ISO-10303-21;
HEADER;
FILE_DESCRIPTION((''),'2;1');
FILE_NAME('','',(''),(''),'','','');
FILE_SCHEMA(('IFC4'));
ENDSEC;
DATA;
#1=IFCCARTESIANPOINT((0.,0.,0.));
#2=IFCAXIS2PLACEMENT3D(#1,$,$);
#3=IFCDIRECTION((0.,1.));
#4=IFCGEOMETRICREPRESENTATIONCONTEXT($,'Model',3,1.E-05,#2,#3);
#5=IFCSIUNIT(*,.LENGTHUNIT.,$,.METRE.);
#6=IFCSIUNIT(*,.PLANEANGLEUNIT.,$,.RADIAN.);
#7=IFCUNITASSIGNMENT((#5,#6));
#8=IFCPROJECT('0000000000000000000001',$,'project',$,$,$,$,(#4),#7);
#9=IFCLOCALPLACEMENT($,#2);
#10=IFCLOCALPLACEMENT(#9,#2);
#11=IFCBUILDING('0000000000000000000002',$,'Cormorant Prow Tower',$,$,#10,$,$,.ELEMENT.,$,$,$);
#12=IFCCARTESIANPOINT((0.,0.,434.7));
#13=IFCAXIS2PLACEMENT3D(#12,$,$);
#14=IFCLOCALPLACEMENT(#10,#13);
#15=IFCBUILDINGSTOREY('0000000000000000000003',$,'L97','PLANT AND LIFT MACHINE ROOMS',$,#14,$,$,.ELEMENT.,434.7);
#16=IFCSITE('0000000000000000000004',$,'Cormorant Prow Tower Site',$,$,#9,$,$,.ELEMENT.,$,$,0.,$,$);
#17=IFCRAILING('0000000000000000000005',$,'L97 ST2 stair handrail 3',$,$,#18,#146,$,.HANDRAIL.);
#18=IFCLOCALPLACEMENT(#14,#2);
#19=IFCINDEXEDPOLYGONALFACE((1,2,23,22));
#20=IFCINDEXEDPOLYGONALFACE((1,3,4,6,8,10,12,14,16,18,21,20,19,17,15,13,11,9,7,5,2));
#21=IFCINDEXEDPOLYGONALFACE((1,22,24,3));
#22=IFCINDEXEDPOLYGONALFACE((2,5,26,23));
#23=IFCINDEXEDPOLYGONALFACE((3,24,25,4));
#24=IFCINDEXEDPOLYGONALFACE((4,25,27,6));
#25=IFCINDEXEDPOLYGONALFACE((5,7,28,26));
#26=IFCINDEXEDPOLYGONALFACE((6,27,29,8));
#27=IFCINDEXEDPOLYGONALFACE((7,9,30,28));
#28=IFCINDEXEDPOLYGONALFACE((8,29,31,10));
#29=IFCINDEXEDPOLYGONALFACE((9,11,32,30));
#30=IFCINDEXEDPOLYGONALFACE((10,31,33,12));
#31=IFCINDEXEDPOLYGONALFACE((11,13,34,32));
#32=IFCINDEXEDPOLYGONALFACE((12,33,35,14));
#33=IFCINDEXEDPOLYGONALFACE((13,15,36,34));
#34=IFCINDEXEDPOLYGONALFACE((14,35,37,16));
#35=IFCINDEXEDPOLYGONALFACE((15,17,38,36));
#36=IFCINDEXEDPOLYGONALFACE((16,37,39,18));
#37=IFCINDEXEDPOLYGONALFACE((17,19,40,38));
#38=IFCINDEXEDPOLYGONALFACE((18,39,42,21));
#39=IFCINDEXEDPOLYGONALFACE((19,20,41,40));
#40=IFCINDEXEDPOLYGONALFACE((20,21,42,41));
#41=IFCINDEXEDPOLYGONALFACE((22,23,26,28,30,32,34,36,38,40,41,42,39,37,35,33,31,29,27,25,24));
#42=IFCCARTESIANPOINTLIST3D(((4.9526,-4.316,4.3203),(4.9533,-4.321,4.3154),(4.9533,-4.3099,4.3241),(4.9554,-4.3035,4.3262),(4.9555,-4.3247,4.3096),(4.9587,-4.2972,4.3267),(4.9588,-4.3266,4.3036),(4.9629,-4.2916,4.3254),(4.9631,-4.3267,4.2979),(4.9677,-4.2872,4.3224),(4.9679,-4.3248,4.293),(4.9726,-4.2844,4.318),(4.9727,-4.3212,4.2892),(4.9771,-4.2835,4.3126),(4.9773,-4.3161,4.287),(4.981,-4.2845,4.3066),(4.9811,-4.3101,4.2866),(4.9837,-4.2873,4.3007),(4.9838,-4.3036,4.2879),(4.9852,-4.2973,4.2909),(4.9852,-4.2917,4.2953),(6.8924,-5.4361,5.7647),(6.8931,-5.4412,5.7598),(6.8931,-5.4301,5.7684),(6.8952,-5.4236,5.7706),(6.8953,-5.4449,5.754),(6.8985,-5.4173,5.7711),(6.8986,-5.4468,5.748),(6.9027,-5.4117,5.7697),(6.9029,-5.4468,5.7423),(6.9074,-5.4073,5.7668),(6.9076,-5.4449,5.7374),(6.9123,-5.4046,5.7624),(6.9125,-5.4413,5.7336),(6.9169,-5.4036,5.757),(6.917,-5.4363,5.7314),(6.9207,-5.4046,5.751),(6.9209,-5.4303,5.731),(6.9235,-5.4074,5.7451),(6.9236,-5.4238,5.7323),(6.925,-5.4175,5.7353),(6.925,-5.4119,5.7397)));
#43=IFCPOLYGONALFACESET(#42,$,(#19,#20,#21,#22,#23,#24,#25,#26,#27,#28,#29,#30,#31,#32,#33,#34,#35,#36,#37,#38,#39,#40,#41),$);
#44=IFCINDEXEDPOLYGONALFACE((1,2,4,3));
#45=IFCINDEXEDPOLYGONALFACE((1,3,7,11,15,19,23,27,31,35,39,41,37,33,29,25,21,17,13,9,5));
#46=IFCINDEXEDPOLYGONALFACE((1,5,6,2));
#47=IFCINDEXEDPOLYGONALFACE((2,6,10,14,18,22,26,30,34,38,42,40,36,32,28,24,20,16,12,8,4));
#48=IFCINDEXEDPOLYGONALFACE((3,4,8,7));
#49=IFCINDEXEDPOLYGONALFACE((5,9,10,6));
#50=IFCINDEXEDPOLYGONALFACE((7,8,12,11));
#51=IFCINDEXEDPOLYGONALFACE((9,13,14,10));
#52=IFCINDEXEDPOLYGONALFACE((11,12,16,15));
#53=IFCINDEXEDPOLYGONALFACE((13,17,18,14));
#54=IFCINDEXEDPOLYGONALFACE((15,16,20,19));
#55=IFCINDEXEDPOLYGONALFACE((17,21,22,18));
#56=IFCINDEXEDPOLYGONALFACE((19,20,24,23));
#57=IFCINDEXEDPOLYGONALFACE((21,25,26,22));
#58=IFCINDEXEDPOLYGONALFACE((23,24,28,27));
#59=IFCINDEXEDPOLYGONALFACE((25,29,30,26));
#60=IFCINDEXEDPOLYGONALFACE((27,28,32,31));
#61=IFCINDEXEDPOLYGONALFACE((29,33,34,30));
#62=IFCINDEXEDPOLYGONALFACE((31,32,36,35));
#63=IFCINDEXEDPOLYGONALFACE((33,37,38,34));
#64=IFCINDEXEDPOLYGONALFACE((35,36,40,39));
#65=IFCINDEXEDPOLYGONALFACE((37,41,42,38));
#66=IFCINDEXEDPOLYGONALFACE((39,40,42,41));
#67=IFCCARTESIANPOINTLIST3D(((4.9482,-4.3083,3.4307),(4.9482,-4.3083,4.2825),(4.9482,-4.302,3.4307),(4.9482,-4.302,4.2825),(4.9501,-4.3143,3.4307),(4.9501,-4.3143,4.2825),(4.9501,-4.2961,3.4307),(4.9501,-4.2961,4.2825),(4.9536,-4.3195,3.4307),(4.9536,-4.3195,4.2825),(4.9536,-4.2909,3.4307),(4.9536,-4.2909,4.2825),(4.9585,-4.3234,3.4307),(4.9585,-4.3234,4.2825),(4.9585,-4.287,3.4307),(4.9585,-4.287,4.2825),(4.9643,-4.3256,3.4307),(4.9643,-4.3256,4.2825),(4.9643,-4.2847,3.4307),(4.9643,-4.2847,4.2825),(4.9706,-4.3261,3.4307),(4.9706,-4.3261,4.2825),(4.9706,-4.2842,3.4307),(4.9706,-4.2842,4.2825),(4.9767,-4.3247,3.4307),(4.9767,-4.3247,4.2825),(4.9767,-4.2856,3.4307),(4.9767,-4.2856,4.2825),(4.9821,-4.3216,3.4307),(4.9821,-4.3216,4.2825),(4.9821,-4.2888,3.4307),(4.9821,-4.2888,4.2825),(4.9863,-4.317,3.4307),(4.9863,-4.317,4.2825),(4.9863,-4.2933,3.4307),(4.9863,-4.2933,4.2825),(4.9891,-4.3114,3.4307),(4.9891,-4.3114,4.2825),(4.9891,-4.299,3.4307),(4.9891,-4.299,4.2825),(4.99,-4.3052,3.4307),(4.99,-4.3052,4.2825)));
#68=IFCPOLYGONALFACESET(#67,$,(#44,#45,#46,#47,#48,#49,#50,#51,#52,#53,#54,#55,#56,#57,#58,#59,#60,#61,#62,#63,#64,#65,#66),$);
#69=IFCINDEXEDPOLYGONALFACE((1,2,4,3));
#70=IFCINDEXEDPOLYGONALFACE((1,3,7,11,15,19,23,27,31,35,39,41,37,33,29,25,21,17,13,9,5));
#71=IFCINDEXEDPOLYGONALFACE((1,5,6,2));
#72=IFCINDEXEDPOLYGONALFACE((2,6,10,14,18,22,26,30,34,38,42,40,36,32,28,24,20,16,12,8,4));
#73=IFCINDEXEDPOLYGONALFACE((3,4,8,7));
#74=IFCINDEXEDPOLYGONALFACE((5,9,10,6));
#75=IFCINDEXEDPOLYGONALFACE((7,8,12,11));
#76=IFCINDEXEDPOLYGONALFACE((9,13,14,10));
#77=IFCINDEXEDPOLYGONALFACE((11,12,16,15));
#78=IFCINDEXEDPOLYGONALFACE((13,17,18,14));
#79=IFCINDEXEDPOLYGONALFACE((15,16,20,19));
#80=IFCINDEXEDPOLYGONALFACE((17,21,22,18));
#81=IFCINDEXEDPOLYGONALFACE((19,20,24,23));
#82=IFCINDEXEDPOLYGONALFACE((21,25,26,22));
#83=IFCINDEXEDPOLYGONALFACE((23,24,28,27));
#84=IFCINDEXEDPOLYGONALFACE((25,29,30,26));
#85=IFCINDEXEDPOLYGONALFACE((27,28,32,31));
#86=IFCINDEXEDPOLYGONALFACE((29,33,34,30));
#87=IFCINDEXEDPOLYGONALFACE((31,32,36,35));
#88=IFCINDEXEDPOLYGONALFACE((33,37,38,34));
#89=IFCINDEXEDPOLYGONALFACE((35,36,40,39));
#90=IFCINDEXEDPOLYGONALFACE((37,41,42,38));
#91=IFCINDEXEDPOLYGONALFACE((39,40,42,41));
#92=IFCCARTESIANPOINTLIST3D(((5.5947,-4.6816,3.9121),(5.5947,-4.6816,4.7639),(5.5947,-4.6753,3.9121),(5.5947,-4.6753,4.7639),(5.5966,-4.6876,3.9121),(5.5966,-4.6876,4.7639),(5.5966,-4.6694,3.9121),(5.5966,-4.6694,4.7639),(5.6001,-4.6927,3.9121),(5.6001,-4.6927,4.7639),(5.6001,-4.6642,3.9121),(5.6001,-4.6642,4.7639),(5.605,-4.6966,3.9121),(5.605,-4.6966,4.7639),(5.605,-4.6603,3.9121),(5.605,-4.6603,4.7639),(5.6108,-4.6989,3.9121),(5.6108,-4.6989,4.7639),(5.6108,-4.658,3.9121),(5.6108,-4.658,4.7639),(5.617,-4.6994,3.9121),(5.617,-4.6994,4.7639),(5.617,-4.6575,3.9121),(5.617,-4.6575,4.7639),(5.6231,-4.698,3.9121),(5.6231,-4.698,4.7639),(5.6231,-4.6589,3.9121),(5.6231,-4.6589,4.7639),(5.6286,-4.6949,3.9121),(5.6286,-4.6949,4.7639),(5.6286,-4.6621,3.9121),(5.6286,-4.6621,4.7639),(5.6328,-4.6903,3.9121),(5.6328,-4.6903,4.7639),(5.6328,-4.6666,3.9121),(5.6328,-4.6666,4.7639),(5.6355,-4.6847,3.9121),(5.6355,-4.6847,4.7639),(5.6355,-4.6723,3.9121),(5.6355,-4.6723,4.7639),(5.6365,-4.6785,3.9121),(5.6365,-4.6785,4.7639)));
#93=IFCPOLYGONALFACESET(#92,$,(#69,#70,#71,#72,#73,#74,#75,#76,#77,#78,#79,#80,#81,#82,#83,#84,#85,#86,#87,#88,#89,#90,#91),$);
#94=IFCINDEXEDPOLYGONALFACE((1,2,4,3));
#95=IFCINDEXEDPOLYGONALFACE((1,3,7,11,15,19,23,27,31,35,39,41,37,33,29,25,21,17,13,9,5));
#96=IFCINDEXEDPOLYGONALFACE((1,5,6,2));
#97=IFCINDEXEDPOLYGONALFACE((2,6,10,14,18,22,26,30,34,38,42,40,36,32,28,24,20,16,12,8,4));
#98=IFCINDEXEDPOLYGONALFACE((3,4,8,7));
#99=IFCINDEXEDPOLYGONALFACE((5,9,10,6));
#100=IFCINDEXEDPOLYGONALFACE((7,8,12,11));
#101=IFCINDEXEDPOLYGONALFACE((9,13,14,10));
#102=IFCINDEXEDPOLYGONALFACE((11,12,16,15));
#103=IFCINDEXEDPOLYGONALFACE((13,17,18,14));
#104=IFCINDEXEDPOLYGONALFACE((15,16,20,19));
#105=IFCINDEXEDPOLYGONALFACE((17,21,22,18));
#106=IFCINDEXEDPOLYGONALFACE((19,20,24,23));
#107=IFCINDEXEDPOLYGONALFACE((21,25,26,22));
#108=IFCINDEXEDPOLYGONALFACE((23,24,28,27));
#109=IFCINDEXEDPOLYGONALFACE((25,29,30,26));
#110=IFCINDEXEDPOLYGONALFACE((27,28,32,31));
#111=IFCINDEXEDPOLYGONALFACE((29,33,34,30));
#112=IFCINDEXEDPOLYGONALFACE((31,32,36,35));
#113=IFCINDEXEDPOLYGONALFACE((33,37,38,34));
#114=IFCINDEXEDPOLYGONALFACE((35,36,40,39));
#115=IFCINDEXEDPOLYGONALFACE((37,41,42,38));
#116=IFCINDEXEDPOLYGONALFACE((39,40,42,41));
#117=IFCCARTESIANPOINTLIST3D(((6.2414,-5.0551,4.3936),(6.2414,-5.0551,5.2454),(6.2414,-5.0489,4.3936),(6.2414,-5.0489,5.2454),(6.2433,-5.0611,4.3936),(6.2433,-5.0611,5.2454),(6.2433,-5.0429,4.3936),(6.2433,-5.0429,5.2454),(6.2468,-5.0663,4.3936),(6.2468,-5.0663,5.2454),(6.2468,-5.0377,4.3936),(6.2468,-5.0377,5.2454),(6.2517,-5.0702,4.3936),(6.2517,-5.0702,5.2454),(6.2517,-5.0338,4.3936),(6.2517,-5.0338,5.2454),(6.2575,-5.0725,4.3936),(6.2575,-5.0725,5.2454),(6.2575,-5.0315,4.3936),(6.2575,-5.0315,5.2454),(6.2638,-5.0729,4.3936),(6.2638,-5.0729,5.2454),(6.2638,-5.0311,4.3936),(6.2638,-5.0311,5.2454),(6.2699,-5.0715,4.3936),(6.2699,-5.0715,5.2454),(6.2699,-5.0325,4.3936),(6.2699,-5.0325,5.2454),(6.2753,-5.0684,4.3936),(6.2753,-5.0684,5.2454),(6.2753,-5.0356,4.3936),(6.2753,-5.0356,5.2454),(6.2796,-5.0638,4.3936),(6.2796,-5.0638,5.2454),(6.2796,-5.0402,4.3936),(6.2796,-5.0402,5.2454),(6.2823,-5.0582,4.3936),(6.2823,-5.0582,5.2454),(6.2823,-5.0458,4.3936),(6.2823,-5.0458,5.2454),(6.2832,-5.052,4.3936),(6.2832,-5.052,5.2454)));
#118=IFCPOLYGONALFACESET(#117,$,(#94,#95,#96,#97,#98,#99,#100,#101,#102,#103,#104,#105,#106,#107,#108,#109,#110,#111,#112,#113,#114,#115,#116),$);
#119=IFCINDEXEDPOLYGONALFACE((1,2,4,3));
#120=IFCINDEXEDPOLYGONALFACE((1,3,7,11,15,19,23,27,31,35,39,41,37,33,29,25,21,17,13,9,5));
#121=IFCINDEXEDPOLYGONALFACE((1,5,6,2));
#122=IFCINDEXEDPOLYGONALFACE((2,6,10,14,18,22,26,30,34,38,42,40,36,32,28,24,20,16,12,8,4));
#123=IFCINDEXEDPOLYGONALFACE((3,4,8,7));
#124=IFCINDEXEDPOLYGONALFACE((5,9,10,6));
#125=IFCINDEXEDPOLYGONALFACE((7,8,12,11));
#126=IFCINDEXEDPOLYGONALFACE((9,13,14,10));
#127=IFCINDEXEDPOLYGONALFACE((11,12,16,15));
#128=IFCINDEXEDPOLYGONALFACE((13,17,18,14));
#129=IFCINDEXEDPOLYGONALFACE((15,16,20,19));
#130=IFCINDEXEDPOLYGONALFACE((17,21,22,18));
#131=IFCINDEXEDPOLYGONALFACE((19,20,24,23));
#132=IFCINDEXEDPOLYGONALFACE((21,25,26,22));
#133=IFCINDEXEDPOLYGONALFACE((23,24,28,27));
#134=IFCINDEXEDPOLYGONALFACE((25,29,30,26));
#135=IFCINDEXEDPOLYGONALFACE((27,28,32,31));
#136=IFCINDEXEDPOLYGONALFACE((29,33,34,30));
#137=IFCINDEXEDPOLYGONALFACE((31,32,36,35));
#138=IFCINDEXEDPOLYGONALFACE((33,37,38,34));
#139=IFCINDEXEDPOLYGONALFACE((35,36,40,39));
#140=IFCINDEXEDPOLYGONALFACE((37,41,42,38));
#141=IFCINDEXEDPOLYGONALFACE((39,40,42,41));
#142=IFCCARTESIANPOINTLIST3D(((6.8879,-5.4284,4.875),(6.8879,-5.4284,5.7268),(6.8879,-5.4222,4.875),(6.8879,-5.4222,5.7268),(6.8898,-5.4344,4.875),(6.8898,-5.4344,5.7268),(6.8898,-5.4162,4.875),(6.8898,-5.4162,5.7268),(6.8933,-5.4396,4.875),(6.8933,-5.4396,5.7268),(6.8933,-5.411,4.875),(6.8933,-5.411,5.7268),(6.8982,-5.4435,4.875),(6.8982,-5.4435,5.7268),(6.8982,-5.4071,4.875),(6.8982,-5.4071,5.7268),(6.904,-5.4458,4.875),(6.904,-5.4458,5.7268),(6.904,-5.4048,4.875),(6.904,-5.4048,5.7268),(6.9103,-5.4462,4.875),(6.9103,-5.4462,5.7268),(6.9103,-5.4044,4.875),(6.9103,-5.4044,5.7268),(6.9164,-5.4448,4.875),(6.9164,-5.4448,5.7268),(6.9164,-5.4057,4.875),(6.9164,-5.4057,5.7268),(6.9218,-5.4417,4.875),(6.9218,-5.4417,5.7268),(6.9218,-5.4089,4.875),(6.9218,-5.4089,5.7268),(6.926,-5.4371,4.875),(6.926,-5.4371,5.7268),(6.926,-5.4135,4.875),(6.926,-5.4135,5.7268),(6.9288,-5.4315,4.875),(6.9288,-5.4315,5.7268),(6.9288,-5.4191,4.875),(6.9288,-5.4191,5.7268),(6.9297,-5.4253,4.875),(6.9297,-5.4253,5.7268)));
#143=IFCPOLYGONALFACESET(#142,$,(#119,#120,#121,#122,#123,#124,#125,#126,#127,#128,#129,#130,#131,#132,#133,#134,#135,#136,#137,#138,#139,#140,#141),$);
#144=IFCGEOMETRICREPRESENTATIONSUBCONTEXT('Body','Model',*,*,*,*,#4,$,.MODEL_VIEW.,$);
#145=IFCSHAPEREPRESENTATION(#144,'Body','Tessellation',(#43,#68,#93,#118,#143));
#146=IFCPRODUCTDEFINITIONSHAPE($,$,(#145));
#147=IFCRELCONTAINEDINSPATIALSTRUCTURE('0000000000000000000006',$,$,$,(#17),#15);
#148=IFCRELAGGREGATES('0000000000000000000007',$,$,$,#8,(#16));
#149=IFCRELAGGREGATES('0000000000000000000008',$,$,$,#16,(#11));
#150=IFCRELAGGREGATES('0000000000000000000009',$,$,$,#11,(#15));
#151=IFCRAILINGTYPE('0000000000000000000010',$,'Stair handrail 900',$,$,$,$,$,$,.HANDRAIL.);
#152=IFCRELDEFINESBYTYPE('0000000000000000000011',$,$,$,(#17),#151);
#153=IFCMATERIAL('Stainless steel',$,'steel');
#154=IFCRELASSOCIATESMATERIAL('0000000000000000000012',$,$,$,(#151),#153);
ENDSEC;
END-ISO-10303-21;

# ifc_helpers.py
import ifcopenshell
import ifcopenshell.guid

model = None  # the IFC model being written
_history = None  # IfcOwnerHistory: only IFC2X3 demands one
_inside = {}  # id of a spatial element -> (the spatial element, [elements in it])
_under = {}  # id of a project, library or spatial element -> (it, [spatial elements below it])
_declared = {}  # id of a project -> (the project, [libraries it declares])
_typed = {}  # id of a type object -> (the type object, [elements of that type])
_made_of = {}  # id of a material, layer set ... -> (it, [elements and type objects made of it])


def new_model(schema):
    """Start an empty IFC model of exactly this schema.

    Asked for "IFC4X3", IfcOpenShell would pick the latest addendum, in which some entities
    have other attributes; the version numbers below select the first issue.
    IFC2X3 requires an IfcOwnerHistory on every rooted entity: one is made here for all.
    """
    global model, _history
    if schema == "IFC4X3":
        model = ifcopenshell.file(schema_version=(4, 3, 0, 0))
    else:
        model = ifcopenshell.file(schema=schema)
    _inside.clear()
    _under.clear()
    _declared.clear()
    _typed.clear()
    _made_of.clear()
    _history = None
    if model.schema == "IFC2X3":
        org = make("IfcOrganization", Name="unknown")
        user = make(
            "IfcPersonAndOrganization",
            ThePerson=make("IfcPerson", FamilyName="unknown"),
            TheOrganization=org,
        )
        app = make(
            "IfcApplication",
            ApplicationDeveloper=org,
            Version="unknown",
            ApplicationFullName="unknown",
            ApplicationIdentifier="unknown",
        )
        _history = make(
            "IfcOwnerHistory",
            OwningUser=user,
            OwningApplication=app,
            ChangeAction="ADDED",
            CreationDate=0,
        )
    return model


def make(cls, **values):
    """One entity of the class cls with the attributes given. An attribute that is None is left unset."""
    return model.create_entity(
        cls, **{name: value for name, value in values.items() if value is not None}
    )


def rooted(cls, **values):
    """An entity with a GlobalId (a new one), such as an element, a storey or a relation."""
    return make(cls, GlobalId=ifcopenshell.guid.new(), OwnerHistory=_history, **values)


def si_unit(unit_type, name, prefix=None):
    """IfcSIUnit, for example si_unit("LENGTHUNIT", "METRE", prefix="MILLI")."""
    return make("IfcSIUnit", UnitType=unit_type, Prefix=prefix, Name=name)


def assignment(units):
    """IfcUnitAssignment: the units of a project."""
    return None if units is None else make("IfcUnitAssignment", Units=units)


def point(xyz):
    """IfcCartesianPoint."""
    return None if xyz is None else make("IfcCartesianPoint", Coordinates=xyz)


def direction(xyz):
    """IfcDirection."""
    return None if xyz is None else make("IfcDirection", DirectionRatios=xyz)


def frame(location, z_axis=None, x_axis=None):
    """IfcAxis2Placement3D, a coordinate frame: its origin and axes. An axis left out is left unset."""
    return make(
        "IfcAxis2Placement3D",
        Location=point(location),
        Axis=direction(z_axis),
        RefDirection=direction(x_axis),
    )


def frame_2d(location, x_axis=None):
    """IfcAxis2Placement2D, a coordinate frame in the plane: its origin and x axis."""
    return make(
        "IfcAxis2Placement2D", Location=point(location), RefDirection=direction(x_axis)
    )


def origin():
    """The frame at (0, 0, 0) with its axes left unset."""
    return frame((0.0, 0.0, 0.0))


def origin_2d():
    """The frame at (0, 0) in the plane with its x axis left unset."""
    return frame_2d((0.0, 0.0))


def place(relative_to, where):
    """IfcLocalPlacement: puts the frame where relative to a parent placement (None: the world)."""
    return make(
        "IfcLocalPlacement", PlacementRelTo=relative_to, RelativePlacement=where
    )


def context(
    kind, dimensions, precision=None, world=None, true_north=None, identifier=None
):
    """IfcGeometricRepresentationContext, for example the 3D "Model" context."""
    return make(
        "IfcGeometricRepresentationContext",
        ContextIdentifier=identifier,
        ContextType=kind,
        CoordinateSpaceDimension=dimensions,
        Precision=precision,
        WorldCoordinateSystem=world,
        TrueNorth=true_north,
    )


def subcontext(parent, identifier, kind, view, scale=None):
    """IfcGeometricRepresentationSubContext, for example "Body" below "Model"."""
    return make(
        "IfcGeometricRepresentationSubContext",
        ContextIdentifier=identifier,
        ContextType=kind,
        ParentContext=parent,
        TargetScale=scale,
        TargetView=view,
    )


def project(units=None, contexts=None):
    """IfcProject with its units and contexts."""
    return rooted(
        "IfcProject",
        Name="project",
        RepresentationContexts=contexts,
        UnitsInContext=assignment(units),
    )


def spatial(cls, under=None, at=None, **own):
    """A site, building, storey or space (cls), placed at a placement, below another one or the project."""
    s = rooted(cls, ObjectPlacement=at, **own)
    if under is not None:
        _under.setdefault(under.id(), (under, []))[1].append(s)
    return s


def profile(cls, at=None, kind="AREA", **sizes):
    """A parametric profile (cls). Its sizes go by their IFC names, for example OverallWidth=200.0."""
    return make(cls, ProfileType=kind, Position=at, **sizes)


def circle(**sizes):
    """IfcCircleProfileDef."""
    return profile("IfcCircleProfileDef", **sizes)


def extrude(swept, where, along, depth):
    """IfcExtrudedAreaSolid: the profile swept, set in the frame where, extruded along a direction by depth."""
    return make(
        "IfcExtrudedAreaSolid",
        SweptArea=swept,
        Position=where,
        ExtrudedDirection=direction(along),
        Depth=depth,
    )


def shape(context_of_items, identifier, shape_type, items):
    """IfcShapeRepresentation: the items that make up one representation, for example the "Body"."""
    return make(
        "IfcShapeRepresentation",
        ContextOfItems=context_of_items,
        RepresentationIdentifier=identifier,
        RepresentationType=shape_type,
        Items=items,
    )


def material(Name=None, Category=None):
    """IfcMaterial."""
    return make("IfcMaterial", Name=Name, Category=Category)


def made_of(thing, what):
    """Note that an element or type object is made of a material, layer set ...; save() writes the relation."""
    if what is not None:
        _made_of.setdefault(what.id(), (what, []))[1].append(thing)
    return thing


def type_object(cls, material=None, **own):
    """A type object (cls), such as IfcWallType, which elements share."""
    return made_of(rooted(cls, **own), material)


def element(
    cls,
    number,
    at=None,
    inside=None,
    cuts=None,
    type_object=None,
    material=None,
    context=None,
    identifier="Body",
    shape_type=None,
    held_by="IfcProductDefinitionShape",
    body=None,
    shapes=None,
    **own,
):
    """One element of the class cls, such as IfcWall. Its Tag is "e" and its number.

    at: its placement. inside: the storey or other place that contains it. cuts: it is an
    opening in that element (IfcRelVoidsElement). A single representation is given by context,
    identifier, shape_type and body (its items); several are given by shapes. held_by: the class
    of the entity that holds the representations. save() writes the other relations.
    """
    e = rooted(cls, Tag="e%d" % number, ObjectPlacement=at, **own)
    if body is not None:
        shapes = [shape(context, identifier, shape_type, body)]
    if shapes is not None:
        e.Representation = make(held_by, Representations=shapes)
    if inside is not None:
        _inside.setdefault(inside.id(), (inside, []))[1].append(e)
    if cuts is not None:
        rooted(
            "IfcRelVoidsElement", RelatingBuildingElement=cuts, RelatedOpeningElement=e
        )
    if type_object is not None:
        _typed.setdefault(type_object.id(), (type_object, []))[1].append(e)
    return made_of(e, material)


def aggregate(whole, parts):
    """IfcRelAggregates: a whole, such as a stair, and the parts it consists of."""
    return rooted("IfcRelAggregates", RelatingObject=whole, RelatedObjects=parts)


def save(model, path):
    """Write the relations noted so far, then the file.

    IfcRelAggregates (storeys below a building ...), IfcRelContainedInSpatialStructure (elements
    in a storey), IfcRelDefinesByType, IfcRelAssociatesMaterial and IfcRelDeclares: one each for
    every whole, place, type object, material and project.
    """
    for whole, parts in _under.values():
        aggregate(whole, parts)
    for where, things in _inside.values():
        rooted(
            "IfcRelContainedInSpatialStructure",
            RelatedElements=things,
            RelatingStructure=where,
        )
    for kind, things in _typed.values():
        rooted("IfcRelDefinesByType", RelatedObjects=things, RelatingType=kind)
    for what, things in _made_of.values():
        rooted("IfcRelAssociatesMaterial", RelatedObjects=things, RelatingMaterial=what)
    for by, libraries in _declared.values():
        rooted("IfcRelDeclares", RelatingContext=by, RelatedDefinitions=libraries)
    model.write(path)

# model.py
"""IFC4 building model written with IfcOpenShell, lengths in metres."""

from ifc_helpers import new_model, si_unit, direction, frame, origin, origin_2d, place, context, subcontext, project, spatial, circle, extrude, material, type_object, element, save


model = new_model("IFC4")

# Units and contexts
model_context = context("Model", 3, precision=1e-05, world=origin(), true_north=direction((0.0, 1.0)))
body_context = subcontext(model_context, "Body", "Model", "MODEL_VIEW")
ifc_project = project(units=[si_unit("LENGTHUNIT", "METRE"), si_unit("PLANEANGLEUNIT", "RADIAN")], contexts=[model_context])

# Site, building, storey
site_placement = place(None, origin())
site = spatial("IfcSite", under=ifc_project, at=site_placement, Name="Cormorant Prow Tower Site", CompositionType="ELEMENT", RefElevation=0.0)
building_placement = place(site_placement, origin())
building = spatial("IfcBuilding", under=site, at=building_placement, Name="Cormorant Prow Tower", CompositionType="ELEMENT")
storey_placement = place(building_placement, frame((0.0, 0.0, 434.7)))
storey = spatial("IfcBuildingStorey", under=building, at=storey_placement, Name="L97", Description="PLANT AND LIFT MACHINE ROOMS", CompositionType="ELEMENT", Elevation=434.7)

# Railing
ifc_material_1 = material(Name="Stainless steel", Category="steel")
railing_type = type_object("IfcRailingType", Name="Stair handrail 900", PredefinedType="HANDRAIL", material=ifc_material_1)
for number, where, name in (
    (1, (4.969, -4.3052, 3.4307), "L97 ST2 stair handrail 3"),
):
    element("IfcRailing", number, at=place(storey_placement, frame(where)), inside=storey, type_object=railing_type, Name=name, PredefinedType="HANDRAIL", context=body_context, shape_type="SweptSolid", body=[
        extrude(circle(Radius=0.0239, at=origin_2d()), frame((0.0, 0.0, 0.876), z_axis=(0.727792, -0.420278, 0.541928), x_axis=(0.500078, 0.86598, 0.0)), (0.0, 0.0, 1.0), 2.6653),
        extrude(circle(Radius=0.021, at=origin_2d()), origin(), (0.0, 0.0, 1.0), 0.8518),
        extrude(circle(Radius=0.021, at=origin_2d()), frame((0.6465, -0.3733, 0.4814)), (0.0, 0.0, 1.0), 0.8518),
        extrude(circle(Radius=0.021, at=origin_2d()), frame((1.2932, -0.7468, 0.9629)), (0.0, 0.0, 1.0), 0.8518),
        extrude(circle(Radius=0.021, at=origin_2d()), frame((1.9397, -1.1201, 1.4443)), (0.0, 0.0, 1.0), 0.8518),
    ])

save(model, "model.ifc")
